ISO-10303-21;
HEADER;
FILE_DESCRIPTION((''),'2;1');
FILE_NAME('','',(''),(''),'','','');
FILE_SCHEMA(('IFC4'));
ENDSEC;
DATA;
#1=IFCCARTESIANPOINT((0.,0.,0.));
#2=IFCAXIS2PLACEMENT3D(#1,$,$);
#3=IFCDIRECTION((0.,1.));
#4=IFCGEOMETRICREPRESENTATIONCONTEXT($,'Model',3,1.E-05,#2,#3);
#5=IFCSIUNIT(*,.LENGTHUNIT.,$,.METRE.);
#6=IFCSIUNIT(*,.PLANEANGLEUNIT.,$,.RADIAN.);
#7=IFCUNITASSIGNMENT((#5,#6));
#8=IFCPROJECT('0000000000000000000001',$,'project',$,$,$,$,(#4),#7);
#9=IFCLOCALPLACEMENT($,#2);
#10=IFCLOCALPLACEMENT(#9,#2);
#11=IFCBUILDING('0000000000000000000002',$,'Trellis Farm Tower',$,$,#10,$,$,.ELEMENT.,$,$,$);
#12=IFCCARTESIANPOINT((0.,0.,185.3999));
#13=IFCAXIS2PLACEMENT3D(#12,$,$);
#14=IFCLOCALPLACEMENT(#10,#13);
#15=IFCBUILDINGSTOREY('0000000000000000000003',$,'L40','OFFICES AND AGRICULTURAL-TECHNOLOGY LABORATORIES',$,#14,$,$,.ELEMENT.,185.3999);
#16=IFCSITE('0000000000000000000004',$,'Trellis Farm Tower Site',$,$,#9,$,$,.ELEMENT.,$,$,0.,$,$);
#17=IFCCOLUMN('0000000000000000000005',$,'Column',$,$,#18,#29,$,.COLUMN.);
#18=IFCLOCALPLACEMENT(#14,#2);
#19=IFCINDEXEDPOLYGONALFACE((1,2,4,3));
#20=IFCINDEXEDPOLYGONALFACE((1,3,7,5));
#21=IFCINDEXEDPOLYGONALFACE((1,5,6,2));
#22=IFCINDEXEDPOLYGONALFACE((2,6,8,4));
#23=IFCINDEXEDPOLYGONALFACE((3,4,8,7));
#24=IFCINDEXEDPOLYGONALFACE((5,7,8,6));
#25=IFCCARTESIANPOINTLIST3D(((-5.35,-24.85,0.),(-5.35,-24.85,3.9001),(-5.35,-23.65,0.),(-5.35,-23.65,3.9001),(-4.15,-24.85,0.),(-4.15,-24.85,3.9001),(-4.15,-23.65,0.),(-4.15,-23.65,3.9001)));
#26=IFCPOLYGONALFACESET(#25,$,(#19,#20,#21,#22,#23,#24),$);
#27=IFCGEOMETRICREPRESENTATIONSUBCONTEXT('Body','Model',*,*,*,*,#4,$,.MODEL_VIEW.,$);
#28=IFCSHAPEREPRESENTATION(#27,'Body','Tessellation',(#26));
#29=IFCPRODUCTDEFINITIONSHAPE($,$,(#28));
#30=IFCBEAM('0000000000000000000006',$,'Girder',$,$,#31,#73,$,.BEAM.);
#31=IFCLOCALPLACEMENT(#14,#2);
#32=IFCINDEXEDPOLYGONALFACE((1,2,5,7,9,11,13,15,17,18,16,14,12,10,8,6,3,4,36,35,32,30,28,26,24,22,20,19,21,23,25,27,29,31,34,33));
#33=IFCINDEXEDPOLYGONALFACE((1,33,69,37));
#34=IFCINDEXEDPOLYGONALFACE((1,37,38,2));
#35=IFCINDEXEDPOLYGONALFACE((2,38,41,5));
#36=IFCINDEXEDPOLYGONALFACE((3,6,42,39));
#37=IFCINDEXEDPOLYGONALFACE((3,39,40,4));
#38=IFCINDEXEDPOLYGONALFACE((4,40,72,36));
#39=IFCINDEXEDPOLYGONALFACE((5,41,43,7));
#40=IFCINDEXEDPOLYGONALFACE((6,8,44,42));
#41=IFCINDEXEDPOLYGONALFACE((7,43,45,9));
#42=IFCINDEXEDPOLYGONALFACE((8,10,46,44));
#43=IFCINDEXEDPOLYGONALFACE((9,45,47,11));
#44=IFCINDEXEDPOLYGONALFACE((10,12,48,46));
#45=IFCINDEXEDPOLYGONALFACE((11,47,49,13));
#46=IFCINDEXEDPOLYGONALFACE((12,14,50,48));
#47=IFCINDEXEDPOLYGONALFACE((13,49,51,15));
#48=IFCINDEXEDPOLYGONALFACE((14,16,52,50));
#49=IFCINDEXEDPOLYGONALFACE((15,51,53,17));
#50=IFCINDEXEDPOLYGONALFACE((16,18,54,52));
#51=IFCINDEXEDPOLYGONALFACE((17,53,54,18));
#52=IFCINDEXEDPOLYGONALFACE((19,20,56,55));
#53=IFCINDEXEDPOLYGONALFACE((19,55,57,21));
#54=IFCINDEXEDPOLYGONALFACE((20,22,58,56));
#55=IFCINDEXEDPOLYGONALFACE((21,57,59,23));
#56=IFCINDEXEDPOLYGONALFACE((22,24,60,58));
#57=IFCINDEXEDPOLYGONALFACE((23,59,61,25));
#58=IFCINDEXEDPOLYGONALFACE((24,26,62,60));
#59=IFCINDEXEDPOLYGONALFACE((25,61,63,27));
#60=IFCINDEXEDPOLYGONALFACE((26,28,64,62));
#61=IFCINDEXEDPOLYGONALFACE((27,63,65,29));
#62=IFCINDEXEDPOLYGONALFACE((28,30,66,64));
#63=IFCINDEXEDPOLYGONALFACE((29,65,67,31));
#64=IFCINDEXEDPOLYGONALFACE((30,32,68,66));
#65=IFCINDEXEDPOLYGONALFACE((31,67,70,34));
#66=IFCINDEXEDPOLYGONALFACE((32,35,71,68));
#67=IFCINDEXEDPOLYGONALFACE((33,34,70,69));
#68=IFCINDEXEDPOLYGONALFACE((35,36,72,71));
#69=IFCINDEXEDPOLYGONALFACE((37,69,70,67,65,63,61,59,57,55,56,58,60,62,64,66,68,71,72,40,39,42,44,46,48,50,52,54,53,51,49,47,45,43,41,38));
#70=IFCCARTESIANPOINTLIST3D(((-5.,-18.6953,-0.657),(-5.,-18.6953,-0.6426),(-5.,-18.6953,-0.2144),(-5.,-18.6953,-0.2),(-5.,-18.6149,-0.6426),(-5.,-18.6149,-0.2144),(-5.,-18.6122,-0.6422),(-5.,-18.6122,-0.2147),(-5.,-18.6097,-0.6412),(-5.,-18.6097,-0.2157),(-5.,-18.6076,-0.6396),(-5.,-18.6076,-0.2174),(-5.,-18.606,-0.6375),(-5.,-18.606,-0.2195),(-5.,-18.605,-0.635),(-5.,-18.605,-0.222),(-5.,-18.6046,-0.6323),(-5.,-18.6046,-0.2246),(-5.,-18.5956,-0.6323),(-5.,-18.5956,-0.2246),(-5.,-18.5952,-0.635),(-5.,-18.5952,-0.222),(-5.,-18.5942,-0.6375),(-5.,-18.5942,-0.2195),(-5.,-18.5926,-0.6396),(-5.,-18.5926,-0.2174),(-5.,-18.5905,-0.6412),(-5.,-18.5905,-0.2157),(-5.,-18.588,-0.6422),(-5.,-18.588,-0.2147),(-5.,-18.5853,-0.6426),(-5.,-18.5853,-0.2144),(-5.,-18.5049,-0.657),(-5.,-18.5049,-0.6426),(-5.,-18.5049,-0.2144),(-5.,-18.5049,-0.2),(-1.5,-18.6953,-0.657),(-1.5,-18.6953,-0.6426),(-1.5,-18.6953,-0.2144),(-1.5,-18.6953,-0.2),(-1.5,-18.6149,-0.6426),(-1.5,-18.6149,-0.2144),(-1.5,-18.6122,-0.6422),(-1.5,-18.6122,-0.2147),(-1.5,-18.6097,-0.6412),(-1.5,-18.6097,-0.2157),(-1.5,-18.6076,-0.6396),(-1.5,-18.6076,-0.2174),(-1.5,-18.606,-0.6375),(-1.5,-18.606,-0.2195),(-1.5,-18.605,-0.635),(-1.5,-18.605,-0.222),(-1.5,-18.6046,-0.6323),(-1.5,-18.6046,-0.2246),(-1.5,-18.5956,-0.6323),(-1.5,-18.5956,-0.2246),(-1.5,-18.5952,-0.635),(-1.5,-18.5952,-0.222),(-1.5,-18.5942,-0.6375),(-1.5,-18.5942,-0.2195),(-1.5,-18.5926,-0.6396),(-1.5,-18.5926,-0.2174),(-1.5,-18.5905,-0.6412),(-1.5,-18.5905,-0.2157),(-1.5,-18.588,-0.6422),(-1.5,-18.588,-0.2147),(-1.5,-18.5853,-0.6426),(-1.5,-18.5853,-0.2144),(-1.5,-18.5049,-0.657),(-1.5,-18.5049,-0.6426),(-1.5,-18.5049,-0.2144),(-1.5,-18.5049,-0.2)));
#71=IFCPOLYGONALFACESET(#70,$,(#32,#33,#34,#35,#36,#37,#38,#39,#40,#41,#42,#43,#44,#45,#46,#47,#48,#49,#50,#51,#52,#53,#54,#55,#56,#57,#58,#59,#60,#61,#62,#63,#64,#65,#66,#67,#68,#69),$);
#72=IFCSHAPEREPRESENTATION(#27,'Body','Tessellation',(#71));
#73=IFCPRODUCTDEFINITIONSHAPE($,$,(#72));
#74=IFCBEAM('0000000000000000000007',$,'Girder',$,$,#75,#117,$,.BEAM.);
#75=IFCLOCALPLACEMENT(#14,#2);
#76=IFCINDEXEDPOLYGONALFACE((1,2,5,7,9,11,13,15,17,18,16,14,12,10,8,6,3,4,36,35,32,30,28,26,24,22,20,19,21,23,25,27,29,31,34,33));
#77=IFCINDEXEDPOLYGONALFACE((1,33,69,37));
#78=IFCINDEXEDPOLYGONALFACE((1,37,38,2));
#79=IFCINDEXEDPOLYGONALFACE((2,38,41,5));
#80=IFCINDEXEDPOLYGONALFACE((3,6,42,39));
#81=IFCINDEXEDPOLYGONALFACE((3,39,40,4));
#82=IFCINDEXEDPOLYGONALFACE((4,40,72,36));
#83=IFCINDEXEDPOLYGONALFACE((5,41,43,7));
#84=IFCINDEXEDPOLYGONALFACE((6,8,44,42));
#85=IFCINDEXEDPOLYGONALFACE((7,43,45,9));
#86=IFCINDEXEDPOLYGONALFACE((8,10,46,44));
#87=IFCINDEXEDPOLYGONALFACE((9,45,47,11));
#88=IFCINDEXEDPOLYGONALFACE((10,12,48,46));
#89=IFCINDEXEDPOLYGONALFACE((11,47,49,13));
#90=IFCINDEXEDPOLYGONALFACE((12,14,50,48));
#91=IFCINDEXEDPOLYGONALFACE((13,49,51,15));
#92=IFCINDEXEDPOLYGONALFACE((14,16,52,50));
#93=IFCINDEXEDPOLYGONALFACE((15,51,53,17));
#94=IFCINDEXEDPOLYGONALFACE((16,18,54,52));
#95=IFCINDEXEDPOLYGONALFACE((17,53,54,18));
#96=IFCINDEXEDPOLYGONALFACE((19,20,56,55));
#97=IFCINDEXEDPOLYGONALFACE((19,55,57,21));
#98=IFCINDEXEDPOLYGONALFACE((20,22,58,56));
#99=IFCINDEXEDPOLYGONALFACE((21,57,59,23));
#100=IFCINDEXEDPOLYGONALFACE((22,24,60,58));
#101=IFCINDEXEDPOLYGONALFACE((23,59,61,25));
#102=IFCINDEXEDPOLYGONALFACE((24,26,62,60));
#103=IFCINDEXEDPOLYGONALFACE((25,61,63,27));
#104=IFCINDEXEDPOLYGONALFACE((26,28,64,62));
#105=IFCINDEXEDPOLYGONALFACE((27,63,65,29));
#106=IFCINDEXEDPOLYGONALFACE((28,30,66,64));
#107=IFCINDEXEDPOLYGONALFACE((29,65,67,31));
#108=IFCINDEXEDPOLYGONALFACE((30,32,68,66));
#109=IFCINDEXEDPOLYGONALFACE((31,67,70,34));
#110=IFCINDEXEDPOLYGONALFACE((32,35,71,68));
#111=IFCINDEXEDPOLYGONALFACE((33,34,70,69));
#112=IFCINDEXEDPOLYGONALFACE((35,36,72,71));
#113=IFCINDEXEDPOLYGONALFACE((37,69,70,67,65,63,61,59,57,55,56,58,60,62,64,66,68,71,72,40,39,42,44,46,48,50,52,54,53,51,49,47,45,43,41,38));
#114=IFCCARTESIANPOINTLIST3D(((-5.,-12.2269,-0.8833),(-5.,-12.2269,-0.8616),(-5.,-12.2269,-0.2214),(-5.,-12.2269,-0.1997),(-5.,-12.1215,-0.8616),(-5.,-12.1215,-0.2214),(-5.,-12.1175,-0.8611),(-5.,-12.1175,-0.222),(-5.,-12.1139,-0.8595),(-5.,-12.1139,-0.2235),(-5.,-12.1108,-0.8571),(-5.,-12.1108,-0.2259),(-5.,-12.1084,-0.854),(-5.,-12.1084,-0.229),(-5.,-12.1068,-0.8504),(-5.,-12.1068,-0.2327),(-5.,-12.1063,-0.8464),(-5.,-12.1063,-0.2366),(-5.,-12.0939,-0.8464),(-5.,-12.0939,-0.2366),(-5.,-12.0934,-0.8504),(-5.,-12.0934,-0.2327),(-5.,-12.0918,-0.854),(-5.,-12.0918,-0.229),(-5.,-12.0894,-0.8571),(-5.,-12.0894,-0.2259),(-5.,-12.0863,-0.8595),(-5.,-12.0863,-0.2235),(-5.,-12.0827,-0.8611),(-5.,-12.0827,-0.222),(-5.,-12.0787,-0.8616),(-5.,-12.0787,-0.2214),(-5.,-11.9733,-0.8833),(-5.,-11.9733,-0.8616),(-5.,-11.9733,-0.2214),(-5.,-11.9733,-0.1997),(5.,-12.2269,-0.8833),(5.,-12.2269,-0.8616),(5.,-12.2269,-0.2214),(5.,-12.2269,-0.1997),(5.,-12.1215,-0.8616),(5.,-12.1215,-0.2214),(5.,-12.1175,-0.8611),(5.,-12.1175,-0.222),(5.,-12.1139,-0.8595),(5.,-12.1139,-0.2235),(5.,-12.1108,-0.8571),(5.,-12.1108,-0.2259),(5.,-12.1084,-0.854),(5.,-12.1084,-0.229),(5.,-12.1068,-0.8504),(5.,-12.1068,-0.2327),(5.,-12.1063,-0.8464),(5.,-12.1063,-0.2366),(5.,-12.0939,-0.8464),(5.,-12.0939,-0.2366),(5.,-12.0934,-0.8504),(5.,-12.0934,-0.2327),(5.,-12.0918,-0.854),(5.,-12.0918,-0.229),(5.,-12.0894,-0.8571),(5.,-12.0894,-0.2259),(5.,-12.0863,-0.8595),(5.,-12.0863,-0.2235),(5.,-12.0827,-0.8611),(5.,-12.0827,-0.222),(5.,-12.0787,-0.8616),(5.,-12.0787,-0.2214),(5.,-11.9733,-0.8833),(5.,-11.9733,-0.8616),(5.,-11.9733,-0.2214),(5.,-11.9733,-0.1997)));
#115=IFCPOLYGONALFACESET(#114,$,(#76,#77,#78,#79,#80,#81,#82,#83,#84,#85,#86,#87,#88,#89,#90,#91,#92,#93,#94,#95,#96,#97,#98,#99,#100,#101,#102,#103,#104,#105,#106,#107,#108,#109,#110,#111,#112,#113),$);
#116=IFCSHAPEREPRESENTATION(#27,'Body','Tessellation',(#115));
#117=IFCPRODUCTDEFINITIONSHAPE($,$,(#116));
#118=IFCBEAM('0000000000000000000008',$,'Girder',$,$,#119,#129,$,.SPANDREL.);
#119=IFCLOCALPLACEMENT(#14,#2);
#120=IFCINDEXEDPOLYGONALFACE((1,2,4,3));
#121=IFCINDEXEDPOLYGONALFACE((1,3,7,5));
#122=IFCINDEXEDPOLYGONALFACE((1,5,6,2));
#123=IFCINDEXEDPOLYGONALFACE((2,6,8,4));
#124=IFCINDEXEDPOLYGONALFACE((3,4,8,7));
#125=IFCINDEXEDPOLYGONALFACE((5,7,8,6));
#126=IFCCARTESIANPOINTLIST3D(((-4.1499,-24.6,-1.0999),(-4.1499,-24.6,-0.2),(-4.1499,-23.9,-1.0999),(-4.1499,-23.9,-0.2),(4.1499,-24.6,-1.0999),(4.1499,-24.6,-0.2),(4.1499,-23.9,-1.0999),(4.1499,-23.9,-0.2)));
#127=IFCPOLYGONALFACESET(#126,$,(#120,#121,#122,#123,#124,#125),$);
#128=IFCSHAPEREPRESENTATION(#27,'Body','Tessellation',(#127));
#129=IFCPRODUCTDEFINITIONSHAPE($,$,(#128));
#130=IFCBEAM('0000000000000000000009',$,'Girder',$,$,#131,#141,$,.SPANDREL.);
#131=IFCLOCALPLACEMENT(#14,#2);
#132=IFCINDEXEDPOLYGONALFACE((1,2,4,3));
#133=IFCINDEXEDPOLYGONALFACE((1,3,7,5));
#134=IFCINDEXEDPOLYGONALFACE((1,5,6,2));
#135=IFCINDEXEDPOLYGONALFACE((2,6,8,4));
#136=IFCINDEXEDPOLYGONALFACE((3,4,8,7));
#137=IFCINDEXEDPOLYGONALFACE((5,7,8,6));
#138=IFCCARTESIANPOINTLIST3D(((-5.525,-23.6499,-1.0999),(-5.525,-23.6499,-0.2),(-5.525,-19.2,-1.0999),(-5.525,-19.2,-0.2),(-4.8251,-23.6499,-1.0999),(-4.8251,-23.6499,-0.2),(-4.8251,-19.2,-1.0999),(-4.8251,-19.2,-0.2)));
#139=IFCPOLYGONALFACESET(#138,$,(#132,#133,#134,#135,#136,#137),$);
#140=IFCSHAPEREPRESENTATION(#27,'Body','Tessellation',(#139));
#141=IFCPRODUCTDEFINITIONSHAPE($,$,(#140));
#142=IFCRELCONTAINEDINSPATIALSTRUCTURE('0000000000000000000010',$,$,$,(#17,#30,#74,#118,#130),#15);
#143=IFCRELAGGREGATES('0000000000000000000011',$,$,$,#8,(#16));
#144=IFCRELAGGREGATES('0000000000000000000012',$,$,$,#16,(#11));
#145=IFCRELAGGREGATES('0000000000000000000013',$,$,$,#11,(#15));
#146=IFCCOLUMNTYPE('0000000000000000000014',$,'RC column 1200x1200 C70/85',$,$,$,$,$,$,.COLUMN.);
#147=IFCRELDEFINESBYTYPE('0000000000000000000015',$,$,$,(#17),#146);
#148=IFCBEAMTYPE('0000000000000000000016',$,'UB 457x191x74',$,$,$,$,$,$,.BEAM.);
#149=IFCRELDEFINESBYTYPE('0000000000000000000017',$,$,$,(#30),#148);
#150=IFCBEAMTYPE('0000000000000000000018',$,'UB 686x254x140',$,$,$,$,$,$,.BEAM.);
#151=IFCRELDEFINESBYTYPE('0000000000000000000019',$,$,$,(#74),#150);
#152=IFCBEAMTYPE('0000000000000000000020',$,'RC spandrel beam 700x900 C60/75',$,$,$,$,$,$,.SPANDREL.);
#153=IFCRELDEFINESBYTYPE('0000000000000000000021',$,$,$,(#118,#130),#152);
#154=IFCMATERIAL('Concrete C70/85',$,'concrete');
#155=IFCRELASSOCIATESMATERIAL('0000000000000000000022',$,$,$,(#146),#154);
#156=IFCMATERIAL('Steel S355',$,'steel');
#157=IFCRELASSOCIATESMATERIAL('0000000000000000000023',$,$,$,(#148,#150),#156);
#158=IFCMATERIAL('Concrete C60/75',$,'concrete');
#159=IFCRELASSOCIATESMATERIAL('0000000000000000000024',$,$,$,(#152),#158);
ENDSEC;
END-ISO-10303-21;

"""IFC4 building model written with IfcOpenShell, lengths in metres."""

from ifc_helpers import new_model, si_unit, direction, frame, origin, origin_2d, place, context, subcontext, project, spatial, rectangle, i_section, extrude, source, transform, mapped, material, material_profile, profile_set, type_object, element, save


model = new_model("IFC4")

# Units and contexts
model_context = context("Model", 3, precision=1e-05, world=origin(), true_north=direction((0.0, 1.0)))
body_context = subcontext(model_context, "Body", "Model", "MODEL_VIEW")
ifc_project = project(units=[si_unit("LENGTHUNIT", "METRE"), si_unit("PLANEANGLEUNIT", "RADIAN")], contexts=[model_context])

# Site, building, storey
site_placement = place(None, origin())
site = spatial("IfcSite", under=ifc_project, at=site_placement, Name="Trellis Farm Tower Site", CompositionType="ELEMENT", RefElevation=0.0)
building_placement = place(site_placement, origin())
building = spatial("IfcBuilding", under=site, at=building_placement, Name="Trellis Farm Tower", CompositionType="ELEMENT")
storey_placement = place(building_placement, frame((0.0, 0.0, 185.3999)))
storey = spatial("IfcBuildingStorey", under=building, at=storey_placement, Name="L40", Description="OFFICES AND AGRICULTURAL-TECHNOLOGY LABORATORIES", CompositionType="ELEMENT", Elevation=185.3999)

# Column
ifc_material_1 = material(Name="Concrete C70/85", Category="concrete")
ifc_material_profile_1 = material_profile(ifc_material_1, rectangle(XDim=1.2, YDim=1.2, at=origin_2d()), Name="RC column 1200x1200 C70/85")
ifc_profile_set_1 = profile_set([ifc_material_profile_1], Name="Concrete C70/85")
column_type = type_object("IfcColumnType", Name="RC column 1200x1200 C70/85", PredefinedType="COLUMN", material=ifc_profile_set_1)
shared_shape_1 = source(origin(), body_context, "Body", "SweptSolid", [
    extrude(rectangle(XDim=1.2, YDim=1.2, at=origin_2d()), origin(), (0.0, 0.0, 1.0), 3.9001),
])
column_placement = place(storey_placement, frame((-4.75, -24.25, 0.0), z_axis=(0.0, 0.0, 1.0), x_axis=(1.0, 0.0, 0.0)))
element("IfcColumn", 1, at=column_placement, inside=storey, type_object=column_type, Name="Column", PredefinedType="COLUMN", context=body_context, shape_type="MappedRepresentation", body=[
    mapped(shared_shape_1, transform((0.0, 0.0, 0.0))),
])

# Beams
ifc_material_2 = material(Name="Steel S355", Category="steel")
ifc_material_profile_2 = material_profile(ifc_material_2, i_section(OverallWidth=0.1904, OverallDepth=0.457, WebThickness=0.009, FlangeThickness=0.0144, FilletRadius=0.0103, at=origin_2d()), Name="UB 457x191x74")
ifc_profile_set_2 = profile_set([ifc_material_profile_2], Name="Steel S355")
beam_type_1 = type_object("IfcBeamType", Name="UB 457x191x74", PredefinedType="BEAM", material=ifc_profile_set_2)
shared_shape_2 = source(origin(), body_context, "Body", "SweptSolid", [
    extrude(i_section(OverallWidth=0.1904, OverallDepth=0.457, WebThickness=0.009, FlangeThickness=0.0144, FilletRadius=0.0103, at=origin_2d()), origin(), (0.0, 0.0, 1.0), 3.5),
])
beam_1_placement = place(storey_placement, frame((-5.0, -18.6001, -0.4285), z_axis=(1.0, 0.0, 0.0), x_axis=(0.0, 1.0, 0.0)))
element("IfcBeam", 2, at=beam_1_placement, inside=storey, type_object=beam_type_1, Name="Girder", PredefinedType="BEAM", context=body_context, shape_type="MappedRepresentation", body=[
    mapped(shared_shape_2, transform((0.0, 0.0, 0.0))),
])
ifc_material_profile_3 = material_profile(ifc_material_2, i_section(OverallWidth=0.2537, OverallDepth=0.6836, WebThickness=0.0125, FlangeThickness=0.0217, FilletRadius=0.0151, at=origin_2d()), Name="UB 686x254x140")
ifc_profile_set_3 = profile_set([ifc_material_profile_3], Name="Steel S355")
beam_type_2 = type_object("IfcBeamType", Name="UB 686x254x140", PredefinedType="BEAM", material=ifc_profile_set_3)
shared_shape_3 = source(origin(), body_context, "Body", "SweptSolid", [
    extrude(i_section(OverallWidth=0.2537, OverallDepth=0.6836, WebThickness=0.0125, FlangeThickness=0.0217, FilletRadius=0.0151, at=origin_2d()), origin(), (0.0, 0.0, 1.0), 10.0),
])
beam_2_placement = place(storey_placement, frame((-5.0, -12.1001, -0.5415), z_axis=(1.0, 0.0, 0.0), x_axis=(0.0, 1.0, 0.0)))
element("IfcBeam", 3, at=beam_2_placement, inside=storey, type_object=beam_type_2, Name="Girder", PredefinedType="BEAM", context=body_context, shape_type="MappedRepresentation", body=[
    mapped(shared_shape_3, transform((0.0, 0.0, 0.0))),
])
ifc_material_3 = material(Name="Concrete C60/75", Category="concrete")
ifc_material_profile_4 = material_profile(ifc_material_3, rectangle(XDim=0.7, YDim=0.8999, at=origin_2d()), Name="RC spandrel beam 700x900 C60/75")
ifc_profile_set_4 = profile_set([ifc_material_profile_4], Name="Concrete C60/75")
beam_type_3 = type_object("IfcBeamType", Name="RC spandrel beam 700x900 C60/75", PredefinedType="SPANDREL", material=ifc_profile_set_4)
shared_shape_4 = source(origin(), body_context, "Body", "SweptSolid", [
    extrude(rectangle(XDim=0.7, YDim=0.8999, at=origin_2d()), origin(), (0.0, 0.0, 1.0), 8.2998),
])
beam_3_placement = place(storey_placement, frame((-4.1499, -24.25, -0.6499), z_axis=(1.0, 0.0, 0.0), x_axis=(0.0, 1.0, 0.0)))
element("IfcBeam", 4, at=beam_3_placement, inside=storey, type_object=beam_type_3, Name="Girder", PredefinedType="SPANDREL", context=body_context, shape_type="MappedRepresentation", body=[
    mapped(shared_shape_4, transform((0.0, 0.0, 0.0))),
])
shared_shape_5 = source(origin(), body_context, "Body", "SweptSolid", [
    extrude(rectangle(XDim=0.7, YDim=0.8999, at=origin_2d()), origin(), (0.0, 0.0, 1.0), 4.45),
])
beam_4_placement = place(storey_placement, frame((-5.175, -23.6499, -0.6499), z_axis=(0.0, 1.0, 0.0), x_axis=(-1.0, 0.0, 0.0)))
element("IfcBeam", 5, at=beam_4_placement, inside=storey, type_object=beam_type_3, Name="Girder", PredefinedType="SPANDREL", context=body_context, shape_type="MappedRepresentation", body=[
    mapped(shared_shape_5, transform((0.0, 0.0, 0.0))),
])

save(model, "model.ifc")
